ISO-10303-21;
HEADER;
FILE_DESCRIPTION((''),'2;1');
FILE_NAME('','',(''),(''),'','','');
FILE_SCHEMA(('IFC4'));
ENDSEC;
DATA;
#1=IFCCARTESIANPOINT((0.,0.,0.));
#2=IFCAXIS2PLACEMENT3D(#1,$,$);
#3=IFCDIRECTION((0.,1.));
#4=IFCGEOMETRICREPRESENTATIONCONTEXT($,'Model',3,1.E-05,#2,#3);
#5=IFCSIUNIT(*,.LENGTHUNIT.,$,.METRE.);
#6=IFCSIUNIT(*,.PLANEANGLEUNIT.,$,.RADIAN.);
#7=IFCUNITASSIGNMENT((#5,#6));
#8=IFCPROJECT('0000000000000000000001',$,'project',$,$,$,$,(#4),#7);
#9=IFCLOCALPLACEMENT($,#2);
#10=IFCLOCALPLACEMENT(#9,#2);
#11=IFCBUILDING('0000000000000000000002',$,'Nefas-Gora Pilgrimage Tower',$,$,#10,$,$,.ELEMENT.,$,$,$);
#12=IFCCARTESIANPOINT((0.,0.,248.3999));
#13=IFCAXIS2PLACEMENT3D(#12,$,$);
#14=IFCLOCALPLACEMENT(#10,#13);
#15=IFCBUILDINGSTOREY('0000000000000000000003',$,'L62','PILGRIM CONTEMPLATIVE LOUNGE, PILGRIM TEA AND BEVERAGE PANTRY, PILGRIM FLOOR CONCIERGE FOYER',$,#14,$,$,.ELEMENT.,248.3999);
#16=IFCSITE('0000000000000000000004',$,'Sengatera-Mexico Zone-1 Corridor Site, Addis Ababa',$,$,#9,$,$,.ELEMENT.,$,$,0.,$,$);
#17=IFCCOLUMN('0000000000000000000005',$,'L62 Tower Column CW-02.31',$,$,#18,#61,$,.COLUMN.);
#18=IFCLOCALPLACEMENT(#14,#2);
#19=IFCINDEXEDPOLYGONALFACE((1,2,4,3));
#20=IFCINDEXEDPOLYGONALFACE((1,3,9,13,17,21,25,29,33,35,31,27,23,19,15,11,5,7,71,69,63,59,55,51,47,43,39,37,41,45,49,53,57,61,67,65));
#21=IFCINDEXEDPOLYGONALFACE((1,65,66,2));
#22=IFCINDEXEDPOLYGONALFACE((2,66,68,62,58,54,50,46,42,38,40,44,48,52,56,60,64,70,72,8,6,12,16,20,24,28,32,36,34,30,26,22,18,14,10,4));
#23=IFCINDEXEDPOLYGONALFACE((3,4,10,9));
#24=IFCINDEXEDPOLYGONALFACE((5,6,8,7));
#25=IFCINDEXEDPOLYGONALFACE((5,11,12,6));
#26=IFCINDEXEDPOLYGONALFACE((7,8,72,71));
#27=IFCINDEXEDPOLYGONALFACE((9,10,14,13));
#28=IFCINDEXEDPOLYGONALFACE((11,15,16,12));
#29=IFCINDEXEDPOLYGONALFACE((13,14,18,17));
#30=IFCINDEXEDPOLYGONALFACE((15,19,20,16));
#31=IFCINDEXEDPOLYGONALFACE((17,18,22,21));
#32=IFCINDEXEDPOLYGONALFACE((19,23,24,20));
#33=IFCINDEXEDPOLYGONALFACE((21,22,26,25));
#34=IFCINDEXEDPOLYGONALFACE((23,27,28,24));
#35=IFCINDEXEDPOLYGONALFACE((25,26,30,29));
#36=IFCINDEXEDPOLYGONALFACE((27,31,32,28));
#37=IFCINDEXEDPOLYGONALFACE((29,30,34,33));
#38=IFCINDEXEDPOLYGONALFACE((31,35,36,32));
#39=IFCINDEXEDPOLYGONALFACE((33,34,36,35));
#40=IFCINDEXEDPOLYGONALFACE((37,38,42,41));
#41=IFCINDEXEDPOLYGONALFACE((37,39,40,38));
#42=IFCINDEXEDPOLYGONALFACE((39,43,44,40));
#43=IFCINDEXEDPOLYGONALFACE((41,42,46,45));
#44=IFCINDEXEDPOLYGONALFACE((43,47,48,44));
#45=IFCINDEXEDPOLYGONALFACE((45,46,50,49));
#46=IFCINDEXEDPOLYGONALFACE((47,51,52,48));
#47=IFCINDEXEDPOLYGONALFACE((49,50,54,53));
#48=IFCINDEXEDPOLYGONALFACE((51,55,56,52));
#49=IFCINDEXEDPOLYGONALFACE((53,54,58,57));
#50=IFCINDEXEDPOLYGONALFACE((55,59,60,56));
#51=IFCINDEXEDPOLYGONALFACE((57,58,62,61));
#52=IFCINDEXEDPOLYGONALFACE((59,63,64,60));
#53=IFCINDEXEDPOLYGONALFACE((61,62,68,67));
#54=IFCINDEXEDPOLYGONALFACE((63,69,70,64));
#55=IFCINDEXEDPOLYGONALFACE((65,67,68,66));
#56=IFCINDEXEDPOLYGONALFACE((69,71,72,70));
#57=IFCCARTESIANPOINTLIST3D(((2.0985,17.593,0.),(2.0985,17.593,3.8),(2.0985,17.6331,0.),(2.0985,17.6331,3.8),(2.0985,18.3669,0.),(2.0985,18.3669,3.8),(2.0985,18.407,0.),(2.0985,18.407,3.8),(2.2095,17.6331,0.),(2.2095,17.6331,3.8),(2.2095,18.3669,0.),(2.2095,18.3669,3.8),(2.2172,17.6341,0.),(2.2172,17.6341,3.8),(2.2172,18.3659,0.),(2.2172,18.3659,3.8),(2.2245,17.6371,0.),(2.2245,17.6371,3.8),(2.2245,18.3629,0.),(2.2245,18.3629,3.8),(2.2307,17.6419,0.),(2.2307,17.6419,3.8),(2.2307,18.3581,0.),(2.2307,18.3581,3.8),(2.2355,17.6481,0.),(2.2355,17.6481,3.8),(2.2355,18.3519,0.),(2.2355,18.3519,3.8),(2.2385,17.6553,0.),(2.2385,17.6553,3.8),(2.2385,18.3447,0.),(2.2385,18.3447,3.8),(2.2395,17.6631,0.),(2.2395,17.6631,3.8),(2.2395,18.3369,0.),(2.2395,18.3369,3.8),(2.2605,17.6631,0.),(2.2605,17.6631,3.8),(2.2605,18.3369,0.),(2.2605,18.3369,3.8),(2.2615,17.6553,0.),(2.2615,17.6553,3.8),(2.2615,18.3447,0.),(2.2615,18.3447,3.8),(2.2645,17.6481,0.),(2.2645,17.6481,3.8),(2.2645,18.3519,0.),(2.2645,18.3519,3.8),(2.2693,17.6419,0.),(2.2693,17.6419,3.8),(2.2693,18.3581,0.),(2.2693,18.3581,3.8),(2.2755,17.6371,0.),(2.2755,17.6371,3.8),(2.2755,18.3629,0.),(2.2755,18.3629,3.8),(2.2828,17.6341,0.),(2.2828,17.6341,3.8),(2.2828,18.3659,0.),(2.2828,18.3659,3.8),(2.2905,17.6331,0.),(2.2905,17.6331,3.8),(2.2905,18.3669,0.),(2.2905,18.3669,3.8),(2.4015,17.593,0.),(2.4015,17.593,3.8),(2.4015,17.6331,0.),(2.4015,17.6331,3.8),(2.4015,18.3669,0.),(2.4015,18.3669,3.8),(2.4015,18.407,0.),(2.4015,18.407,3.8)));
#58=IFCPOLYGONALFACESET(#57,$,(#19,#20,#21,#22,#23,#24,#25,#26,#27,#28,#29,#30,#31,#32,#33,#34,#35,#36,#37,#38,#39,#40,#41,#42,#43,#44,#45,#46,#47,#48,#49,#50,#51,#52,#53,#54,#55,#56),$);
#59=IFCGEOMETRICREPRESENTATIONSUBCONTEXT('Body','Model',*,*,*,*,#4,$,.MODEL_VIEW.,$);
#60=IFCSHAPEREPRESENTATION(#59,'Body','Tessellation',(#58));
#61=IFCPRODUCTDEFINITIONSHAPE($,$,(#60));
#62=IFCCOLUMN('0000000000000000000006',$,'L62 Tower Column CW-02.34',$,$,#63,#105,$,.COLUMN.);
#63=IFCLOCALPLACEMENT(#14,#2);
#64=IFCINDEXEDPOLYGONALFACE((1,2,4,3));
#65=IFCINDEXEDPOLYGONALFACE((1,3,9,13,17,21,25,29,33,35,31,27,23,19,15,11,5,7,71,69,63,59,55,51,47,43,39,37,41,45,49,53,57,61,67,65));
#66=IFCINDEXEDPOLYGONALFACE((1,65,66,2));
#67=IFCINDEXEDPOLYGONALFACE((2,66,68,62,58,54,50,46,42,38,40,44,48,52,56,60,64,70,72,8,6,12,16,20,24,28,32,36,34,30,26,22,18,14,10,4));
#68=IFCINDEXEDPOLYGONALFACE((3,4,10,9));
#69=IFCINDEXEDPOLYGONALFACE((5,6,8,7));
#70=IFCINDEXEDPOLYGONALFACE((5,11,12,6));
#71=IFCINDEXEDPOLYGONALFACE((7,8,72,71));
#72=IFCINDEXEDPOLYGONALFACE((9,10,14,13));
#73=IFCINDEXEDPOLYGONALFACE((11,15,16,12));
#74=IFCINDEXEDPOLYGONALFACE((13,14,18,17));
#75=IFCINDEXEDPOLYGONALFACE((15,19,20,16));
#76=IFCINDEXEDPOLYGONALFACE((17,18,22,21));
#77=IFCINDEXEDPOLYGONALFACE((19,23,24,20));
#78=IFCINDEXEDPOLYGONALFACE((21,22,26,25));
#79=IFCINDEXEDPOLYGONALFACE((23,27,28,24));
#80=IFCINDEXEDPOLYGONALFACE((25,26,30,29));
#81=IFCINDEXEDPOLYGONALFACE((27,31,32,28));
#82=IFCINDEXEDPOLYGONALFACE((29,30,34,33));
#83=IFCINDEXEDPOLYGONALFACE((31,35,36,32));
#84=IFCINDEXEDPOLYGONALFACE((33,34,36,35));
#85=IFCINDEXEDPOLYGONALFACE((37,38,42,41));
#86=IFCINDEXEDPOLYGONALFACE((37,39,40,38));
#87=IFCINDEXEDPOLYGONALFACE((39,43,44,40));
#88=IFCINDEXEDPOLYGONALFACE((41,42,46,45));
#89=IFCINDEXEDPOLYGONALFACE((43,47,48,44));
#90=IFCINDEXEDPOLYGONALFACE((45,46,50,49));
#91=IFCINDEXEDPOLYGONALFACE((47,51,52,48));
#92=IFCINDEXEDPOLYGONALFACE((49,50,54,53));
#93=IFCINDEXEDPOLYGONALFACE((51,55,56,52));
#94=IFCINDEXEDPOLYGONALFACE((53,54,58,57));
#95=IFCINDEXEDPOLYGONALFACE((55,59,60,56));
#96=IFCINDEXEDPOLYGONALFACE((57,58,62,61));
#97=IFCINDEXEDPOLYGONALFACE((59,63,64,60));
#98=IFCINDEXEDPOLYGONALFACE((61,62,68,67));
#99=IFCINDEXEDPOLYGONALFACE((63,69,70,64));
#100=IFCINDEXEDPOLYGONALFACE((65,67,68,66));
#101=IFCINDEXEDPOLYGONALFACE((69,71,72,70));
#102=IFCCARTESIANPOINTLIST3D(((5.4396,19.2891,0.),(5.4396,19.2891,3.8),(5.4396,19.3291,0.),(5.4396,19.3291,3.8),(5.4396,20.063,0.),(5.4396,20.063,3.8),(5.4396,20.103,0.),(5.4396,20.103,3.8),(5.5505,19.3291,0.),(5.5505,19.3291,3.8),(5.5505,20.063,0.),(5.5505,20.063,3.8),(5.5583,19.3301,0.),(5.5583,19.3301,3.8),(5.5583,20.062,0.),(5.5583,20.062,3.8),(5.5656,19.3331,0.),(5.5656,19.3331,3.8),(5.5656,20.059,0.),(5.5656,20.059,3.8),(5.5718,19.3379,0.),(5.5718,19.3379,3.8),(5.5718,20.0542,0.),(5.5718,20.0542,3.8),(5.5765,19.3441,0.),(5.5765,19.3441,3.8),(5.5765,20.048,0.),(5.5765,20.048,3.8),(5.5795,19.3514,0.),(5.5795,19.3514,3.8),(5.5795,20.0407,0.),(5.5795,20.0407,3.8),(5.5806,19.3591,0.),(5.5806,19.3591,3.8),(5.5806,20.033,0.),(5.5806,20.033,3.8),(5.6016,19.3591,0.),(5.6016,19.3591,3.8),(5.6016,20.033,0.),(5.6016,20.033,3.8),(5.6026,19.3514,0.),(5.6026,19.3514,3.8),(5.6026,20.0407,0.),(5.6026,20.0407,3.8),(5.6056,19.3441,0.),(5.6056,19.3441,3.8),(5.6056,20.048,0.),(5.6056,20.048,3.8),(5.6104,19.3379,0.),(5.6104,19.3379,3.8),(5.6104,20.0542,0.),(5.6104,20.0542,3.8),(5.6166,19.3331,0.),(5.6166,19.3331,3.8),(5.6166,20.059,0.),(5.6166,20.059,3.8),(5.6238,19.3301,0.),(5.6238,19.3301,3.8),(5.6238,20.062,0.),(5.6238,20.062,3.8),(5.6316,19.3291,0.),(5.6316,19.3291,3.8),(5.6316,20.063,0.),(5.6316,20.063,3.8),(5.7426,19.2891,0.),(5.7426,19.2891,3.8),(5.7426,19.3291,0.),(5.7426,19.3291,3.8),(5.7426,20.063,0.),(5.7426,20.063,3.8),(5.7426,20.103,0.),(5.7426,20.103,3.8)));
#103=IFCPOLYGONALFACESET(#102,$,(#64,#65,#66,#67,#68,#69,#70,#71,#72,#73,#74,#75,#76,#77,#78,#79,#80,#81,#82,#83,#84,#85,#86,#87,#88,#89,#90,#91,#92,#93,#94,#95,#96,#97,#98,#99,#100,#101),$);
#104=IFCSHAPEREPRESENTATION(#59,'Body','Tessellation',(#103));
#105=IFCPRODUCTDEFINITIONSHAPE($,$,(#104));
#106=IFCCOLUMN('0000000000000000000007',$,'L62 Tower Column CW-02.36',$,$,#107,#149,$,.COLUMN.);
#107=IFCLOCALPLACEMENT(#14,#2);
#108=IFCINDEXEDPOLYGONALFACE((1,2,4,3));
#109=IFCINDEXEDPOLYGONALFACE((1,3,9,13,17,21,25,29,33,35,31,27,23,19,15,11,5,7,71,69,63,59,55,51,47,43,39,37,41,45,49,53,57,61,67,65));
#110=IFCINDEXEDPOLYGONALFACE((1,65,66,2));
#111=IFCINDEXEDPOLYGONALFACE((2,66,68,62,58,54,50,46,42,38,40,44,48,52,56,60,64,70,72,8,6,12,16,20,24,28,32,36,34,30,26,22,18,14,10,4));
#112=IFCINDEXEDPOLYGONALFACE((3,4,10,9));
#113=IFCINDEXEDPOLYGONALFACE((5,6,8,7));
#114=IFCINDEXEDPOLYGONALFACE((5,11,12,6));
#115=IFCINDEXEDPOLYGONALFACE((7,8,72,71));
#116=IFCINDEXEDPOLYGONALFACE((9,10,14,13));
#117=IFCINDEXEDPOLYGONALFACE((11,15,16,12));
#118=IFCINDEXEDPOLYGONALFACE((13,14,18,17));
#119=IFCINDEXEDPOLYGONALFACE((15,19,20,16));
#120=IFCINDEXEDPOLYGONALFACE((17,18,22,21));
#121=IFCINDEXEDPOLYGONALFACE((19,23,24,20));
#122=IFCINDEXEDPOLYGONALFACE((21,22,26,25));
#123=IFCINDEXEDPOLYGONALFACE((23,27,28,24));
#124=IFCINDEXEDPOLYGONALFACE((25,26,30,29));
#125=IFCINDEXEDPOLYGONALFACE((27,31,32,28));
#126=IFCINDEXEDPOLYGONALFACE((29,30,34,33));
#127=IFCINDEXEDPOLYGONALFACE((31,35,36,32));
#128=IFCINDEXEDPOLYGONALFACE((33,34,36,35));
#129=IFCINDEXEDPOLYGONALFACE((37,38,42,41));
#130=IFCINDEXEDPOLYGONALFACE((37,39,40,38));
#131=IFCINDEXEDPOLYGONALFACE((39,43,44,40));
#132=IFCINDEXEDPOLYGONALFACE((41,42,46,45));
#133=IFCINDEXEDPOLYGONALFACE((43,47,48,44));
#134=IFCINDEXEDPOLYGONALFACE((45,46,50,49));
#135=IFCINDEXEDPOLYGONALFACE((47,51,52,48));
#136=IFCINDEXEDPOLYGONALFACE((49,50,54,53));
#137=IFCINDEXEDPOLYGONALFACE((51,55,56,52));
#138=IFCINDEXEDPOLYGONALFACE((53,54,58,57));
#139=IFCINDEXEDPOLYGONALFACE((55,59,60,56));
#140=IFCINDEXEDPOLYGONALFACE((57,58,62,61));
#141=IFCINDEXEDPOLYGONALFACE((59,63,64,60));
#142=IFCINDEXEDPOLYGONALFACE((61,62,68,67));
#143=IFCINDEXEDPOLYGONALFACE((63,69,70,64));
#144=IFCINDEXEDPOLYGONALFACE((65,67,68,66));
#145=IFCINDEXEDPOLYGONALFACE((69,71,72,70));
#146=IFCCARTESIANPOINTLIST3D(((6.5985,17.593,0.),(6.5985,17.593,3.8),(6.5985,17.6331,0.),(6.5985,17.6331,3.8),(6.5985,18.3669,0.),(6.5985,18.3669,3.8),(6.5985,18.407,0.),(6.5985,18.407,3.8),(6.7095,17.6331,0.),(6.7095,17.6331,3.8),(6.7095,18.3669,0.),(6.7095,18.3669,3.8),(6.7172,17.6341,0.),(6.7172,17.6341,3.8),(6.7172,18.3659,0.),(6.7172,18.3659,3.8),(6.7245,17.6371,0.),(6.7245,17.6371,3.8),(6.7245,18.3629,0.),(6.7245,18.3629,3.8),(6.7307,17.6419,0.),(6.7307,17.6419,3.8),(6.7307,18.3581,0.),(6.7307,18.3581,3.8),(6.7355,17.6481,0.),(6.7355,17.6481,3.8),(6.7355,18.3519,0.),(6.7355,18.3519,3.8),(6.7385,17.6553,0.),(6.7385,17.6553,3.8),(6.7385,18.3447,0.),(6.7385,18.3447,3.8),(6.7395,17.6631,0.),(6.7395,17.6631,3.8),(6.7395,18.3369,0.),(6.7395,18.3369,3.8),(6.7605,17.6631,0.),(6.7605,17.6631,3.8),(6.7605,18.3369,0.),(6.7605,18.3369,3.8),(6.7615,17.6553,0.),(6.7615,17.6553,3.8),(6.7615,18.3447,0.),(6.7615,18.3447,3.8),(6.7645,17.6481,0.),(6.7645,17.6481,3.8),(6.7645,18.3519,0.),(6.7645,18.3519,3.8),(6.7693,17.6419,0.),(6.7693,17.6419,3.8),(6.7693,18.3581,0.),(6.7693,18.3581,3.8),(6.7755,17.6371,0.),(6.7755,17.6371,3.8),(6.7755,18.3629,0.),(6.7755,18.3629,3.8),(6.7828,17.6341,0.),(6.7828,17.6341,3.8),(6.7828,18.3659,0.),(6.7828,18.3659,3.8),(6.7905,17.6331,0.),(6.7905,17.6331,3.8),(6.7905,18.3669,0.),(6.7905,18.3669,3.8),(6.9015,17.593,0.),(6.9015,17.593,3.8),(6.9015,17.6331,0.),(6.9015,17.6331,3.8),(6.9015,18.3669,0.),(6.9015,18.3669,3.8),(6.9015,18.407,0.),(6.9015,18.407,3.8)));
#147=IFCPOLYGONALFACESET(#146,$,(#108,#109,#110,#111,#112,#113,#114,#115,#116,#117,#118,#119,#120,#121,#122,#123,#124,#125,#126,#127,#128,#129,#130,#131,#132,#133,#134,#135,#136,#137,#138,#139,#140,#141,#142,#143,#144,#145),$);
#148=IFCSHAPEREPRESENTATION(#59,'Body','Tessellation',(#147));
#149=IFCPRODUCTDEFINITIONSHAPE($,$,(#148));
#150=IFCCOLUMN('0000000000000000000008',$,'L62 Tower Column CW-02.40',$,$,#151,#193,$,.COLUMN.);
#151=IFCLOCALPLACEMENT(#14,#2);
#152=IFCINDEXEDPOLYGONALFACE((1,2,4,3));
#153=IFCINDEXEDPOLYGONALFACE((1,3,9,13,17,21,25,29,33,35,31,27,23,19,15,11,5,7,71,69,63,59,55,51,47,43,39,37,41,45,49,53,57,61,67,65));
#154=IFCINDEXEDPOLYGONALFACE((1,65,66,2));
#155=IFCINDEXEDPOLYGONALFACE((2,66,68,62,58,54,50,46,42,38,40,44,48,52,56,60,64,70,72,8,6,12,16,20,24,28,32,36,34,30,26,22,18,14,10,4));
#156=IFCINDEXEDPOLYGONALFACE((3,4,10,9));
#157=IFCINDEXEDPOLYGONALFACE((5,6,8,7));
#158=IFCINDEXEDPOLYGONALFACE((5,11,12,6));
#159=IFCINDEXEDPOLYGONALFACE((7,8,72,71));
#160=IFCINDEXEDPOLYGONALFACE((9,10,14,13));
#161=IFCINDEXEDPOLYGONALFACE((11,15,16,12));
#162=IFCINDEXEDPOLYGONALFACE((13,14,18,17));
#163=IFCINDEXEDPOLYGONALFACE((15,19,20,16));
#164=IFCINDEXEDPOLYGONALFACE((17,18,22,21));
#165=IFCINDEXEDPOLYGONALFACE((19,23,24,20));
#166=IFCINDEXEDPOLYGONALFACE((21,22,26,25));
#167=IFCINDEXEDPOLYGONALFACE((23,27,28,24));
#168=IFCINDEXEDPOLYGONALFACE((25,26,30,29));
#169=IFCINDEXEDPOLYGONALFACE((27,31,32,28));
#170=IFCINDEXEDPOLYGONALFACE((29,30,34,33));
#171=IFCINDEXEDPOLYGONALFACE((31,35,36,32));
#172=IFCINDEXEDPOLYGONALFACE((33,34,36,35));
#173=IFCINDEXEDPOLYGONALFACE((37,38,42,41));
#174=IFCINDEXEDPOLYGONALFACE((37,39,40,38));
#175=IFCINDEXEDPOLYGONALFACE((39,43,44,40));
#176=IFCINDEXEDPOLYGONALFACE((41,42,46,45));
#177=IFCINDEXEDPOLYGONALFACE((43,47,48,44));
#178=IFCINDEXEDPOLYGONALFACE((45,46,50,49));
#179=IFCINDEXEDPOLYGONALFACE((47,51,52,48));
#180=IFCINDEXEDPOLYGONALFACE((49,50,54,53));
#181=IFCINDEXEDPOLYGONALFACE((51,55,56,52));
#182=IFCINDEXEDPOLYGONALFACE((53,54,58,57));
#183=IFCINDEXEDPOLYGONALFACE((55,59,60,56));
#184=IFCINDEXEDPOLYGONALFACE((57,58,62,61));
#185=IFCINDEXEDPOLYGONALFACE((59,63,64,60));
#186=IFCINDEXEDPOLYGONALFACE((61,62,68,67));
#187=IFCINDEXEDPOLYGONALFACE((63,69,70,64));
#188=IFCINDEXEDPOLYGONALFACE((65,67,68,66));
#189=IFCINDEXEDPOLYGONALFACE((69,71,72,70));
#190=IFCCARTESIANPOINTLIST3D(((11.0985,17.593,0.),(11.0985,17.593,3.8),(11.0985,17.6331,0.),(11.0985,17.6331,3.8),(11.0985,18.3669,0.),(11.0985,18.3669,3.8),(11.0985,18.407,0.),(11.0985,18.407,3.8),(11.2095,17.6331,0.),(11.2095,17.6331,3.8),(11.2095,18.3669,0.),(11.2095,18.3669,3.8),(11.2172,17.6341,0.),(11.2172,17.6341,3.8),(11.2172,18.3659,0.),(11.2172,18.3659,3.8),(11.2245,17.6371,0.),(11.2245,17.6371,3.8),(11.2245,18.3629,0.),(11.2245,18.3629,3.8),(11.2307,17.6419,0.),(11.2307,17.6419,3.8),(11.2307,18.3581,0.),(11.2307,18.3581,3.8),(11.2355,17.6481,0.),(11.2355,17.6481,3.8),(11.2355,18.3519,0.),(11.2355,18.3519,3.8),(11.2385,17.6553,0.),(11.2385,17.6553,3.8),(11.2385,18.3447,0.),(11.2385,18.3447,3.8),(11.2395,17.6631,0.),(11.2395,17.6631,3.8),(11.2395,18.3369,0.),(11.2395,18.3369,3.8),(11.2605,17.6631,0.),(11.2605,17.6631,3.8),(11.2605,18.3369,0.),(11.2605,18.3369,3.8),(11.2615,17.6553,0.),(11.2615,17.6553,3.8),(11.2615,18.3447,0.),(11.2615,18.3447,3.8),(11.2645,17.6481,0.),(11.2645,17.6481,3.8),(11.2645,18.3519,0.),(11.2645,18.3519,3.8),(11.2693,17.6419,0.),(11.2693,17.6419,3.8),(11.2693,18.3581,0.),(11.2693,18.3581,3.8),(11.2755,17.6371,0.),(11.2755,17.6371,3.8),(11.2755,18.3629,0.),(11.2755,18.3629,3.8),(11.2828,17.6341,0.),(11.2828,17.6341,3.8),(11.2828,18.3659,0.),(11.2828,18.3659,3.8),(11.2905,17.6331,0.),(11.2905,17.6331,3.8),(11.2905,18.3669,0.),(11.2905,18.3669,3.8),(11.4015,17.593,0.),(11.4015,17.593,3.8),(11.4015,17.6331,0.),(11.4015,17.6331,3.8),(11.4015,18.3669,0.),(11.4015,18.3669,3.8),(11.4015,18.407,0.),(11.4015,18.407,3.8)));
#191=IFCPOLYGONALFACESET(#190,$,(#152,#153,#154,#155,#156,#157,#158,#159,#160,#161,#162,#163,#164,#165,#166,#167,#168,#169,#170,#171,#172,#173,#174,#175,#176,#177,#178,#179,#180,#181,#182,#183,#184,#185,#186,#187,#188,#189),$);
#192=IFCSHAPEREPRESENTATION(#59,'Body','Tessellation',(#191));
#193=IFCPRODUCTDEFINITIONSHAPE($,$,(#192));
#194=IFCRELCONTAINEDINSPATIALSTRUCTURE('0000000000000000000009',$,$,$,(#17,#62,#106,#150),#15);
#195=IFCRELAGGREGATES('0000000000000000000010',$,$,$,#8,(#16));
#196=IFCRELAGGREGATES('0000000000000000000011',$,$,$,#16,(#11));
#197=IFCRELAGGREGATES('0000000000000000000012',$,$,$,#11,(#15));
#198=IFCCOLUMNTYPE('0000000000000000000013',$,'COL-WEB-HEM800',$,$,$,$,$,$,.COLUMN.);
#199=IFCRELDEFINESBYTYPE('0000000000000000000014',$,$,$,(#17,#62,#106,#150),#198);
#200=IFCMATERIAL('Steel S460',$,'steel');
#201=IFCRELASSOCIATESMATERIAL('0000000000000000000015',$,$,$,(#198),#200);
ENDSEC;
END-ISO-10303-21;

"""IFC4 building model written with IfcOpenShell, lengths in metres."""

from ifc_helpers import new_model, si_unit, direction, frame, origin, origin_2d, place, context, subcontext, project, spatial, i_section, extrude, source, transform, mapped, material, material_profile, profile_set, type_object, element, save


model = new_model("IFC4")

# Units and contexts
model_context = context("Model", 3, precision=1e-05, world=origin(), true_north=direction((0.0, 1.0)))
body_context = subcontext(model_context, "Body", "Model", "MODEL_VIEW")
ifc_project = project(units=[si_unit("LENGTHUNIT", "METRE"), si_unit("PLANEANGLEUNIT", "RADIAN")], contexts=[model_context])

# Site, building, storey
site_placement = place(None, origin())
site = spatial("IfcSite", under=ifc_project, at=site_placement, Name="Sengatera-Mexico Zone-1 Corridor Site, Addis Ababa", CompositionType="ELEMENT", RefElevation=0.0)
building_placement = place(site_placement, origin())
building = spatial("IfcBuilding", under=site, at=building_placement, Name="Nefas-Gora Pilgrimage Tower", CompositionType="ELEMENT")
storey_placement = place(building_placement, frame((0.0, 0.0, 248.3999)))
storey = spatial("IfcBuildingStorey", under=building, at=storey_placement, Name="L62", Description="PILGRIM CONTEMPLATIVE LOUNGE, PILGRIM TEA AND BEVERAGE PANTRY, PILGRIM FLOOR CONCIERGE FOYER", CompositionType="ELEMENT", Elevation=248.3999)

# Columns
ifc_material_1 = material(Name="Steel S460", Category="steel")
ifc_material_profile_1 = material_profile(ifc_material_1, i_section(OverallWidth=0.303, OverallDepth=0.814, WebThickness=0.021, FlangeThickness=0.04, FilletRadius=0.03, at=origin_2d()), Name="HEM 800")
ifc_profile_set_1 = profile_set([ifc_material_profile_1], Name="Steel S460")
column_type_1 = type_object("IfcColumnType", Name="COL-WEB-HEM800", PredefinedType="COLUMN", material=ifc_profile_set_1)
shared_shape_1 = source(origin(), body_context, "Body", "SweptSolid", [
    extrude(i_section(OverallWidth=0.303, OverallDepth=0.814, WebThickness=0.021, FlangeThickness=0.04, FilletRadius=0.03, at=origin_2d()), origin(), (0.0, 0.0, 1.0), 3.8),
])
for number, where, z_axis, x_axis, name in (
    (1, (2.25, 18.0, 0.0), (0.0, 0.0, 1.0), (1.0, 0.0, 0.0), "L62 Tower Column CW-02.31"),
    (2, (5.5911, 19.696, 0.0), (0.0, 0.0, 1.0), (1.0, 0.0, 0.0), "L62 Tower Column CW-02.34"),
    (3, (6.75, 18.0, 0.0), (0.0, 0.0, 1.0), (1.0, 0.0, 0.0), "L62 Tower Column CW-02.36"),
    (4, (11.25, 18.0, 0.0), (0.0, 0.0, 1.0), (1.0, 0.0, 0.0), "L62 Tower Column CW-02.40"),
):
    element("IfcColumn", number, at=place(storey_placement, frame(where, z_axis=z_axis, x_axis=x_axis)), inside=storey, type_object=column_type_1, Name=name, PredefinedType="COLUMN", context=body_context, shape_type="MappedRepresentation", body=[
        mapped(shared_shape_1, transform((0.0, 0.0, 0.0), x_axis=(1.0, 0.0, 0.0), y_axis=(0.0, 1.0, 0.0), z_axis=(0.0, 0.0, 1.0), scale=1.0)),
    ])

save(model, "model.ifc")
